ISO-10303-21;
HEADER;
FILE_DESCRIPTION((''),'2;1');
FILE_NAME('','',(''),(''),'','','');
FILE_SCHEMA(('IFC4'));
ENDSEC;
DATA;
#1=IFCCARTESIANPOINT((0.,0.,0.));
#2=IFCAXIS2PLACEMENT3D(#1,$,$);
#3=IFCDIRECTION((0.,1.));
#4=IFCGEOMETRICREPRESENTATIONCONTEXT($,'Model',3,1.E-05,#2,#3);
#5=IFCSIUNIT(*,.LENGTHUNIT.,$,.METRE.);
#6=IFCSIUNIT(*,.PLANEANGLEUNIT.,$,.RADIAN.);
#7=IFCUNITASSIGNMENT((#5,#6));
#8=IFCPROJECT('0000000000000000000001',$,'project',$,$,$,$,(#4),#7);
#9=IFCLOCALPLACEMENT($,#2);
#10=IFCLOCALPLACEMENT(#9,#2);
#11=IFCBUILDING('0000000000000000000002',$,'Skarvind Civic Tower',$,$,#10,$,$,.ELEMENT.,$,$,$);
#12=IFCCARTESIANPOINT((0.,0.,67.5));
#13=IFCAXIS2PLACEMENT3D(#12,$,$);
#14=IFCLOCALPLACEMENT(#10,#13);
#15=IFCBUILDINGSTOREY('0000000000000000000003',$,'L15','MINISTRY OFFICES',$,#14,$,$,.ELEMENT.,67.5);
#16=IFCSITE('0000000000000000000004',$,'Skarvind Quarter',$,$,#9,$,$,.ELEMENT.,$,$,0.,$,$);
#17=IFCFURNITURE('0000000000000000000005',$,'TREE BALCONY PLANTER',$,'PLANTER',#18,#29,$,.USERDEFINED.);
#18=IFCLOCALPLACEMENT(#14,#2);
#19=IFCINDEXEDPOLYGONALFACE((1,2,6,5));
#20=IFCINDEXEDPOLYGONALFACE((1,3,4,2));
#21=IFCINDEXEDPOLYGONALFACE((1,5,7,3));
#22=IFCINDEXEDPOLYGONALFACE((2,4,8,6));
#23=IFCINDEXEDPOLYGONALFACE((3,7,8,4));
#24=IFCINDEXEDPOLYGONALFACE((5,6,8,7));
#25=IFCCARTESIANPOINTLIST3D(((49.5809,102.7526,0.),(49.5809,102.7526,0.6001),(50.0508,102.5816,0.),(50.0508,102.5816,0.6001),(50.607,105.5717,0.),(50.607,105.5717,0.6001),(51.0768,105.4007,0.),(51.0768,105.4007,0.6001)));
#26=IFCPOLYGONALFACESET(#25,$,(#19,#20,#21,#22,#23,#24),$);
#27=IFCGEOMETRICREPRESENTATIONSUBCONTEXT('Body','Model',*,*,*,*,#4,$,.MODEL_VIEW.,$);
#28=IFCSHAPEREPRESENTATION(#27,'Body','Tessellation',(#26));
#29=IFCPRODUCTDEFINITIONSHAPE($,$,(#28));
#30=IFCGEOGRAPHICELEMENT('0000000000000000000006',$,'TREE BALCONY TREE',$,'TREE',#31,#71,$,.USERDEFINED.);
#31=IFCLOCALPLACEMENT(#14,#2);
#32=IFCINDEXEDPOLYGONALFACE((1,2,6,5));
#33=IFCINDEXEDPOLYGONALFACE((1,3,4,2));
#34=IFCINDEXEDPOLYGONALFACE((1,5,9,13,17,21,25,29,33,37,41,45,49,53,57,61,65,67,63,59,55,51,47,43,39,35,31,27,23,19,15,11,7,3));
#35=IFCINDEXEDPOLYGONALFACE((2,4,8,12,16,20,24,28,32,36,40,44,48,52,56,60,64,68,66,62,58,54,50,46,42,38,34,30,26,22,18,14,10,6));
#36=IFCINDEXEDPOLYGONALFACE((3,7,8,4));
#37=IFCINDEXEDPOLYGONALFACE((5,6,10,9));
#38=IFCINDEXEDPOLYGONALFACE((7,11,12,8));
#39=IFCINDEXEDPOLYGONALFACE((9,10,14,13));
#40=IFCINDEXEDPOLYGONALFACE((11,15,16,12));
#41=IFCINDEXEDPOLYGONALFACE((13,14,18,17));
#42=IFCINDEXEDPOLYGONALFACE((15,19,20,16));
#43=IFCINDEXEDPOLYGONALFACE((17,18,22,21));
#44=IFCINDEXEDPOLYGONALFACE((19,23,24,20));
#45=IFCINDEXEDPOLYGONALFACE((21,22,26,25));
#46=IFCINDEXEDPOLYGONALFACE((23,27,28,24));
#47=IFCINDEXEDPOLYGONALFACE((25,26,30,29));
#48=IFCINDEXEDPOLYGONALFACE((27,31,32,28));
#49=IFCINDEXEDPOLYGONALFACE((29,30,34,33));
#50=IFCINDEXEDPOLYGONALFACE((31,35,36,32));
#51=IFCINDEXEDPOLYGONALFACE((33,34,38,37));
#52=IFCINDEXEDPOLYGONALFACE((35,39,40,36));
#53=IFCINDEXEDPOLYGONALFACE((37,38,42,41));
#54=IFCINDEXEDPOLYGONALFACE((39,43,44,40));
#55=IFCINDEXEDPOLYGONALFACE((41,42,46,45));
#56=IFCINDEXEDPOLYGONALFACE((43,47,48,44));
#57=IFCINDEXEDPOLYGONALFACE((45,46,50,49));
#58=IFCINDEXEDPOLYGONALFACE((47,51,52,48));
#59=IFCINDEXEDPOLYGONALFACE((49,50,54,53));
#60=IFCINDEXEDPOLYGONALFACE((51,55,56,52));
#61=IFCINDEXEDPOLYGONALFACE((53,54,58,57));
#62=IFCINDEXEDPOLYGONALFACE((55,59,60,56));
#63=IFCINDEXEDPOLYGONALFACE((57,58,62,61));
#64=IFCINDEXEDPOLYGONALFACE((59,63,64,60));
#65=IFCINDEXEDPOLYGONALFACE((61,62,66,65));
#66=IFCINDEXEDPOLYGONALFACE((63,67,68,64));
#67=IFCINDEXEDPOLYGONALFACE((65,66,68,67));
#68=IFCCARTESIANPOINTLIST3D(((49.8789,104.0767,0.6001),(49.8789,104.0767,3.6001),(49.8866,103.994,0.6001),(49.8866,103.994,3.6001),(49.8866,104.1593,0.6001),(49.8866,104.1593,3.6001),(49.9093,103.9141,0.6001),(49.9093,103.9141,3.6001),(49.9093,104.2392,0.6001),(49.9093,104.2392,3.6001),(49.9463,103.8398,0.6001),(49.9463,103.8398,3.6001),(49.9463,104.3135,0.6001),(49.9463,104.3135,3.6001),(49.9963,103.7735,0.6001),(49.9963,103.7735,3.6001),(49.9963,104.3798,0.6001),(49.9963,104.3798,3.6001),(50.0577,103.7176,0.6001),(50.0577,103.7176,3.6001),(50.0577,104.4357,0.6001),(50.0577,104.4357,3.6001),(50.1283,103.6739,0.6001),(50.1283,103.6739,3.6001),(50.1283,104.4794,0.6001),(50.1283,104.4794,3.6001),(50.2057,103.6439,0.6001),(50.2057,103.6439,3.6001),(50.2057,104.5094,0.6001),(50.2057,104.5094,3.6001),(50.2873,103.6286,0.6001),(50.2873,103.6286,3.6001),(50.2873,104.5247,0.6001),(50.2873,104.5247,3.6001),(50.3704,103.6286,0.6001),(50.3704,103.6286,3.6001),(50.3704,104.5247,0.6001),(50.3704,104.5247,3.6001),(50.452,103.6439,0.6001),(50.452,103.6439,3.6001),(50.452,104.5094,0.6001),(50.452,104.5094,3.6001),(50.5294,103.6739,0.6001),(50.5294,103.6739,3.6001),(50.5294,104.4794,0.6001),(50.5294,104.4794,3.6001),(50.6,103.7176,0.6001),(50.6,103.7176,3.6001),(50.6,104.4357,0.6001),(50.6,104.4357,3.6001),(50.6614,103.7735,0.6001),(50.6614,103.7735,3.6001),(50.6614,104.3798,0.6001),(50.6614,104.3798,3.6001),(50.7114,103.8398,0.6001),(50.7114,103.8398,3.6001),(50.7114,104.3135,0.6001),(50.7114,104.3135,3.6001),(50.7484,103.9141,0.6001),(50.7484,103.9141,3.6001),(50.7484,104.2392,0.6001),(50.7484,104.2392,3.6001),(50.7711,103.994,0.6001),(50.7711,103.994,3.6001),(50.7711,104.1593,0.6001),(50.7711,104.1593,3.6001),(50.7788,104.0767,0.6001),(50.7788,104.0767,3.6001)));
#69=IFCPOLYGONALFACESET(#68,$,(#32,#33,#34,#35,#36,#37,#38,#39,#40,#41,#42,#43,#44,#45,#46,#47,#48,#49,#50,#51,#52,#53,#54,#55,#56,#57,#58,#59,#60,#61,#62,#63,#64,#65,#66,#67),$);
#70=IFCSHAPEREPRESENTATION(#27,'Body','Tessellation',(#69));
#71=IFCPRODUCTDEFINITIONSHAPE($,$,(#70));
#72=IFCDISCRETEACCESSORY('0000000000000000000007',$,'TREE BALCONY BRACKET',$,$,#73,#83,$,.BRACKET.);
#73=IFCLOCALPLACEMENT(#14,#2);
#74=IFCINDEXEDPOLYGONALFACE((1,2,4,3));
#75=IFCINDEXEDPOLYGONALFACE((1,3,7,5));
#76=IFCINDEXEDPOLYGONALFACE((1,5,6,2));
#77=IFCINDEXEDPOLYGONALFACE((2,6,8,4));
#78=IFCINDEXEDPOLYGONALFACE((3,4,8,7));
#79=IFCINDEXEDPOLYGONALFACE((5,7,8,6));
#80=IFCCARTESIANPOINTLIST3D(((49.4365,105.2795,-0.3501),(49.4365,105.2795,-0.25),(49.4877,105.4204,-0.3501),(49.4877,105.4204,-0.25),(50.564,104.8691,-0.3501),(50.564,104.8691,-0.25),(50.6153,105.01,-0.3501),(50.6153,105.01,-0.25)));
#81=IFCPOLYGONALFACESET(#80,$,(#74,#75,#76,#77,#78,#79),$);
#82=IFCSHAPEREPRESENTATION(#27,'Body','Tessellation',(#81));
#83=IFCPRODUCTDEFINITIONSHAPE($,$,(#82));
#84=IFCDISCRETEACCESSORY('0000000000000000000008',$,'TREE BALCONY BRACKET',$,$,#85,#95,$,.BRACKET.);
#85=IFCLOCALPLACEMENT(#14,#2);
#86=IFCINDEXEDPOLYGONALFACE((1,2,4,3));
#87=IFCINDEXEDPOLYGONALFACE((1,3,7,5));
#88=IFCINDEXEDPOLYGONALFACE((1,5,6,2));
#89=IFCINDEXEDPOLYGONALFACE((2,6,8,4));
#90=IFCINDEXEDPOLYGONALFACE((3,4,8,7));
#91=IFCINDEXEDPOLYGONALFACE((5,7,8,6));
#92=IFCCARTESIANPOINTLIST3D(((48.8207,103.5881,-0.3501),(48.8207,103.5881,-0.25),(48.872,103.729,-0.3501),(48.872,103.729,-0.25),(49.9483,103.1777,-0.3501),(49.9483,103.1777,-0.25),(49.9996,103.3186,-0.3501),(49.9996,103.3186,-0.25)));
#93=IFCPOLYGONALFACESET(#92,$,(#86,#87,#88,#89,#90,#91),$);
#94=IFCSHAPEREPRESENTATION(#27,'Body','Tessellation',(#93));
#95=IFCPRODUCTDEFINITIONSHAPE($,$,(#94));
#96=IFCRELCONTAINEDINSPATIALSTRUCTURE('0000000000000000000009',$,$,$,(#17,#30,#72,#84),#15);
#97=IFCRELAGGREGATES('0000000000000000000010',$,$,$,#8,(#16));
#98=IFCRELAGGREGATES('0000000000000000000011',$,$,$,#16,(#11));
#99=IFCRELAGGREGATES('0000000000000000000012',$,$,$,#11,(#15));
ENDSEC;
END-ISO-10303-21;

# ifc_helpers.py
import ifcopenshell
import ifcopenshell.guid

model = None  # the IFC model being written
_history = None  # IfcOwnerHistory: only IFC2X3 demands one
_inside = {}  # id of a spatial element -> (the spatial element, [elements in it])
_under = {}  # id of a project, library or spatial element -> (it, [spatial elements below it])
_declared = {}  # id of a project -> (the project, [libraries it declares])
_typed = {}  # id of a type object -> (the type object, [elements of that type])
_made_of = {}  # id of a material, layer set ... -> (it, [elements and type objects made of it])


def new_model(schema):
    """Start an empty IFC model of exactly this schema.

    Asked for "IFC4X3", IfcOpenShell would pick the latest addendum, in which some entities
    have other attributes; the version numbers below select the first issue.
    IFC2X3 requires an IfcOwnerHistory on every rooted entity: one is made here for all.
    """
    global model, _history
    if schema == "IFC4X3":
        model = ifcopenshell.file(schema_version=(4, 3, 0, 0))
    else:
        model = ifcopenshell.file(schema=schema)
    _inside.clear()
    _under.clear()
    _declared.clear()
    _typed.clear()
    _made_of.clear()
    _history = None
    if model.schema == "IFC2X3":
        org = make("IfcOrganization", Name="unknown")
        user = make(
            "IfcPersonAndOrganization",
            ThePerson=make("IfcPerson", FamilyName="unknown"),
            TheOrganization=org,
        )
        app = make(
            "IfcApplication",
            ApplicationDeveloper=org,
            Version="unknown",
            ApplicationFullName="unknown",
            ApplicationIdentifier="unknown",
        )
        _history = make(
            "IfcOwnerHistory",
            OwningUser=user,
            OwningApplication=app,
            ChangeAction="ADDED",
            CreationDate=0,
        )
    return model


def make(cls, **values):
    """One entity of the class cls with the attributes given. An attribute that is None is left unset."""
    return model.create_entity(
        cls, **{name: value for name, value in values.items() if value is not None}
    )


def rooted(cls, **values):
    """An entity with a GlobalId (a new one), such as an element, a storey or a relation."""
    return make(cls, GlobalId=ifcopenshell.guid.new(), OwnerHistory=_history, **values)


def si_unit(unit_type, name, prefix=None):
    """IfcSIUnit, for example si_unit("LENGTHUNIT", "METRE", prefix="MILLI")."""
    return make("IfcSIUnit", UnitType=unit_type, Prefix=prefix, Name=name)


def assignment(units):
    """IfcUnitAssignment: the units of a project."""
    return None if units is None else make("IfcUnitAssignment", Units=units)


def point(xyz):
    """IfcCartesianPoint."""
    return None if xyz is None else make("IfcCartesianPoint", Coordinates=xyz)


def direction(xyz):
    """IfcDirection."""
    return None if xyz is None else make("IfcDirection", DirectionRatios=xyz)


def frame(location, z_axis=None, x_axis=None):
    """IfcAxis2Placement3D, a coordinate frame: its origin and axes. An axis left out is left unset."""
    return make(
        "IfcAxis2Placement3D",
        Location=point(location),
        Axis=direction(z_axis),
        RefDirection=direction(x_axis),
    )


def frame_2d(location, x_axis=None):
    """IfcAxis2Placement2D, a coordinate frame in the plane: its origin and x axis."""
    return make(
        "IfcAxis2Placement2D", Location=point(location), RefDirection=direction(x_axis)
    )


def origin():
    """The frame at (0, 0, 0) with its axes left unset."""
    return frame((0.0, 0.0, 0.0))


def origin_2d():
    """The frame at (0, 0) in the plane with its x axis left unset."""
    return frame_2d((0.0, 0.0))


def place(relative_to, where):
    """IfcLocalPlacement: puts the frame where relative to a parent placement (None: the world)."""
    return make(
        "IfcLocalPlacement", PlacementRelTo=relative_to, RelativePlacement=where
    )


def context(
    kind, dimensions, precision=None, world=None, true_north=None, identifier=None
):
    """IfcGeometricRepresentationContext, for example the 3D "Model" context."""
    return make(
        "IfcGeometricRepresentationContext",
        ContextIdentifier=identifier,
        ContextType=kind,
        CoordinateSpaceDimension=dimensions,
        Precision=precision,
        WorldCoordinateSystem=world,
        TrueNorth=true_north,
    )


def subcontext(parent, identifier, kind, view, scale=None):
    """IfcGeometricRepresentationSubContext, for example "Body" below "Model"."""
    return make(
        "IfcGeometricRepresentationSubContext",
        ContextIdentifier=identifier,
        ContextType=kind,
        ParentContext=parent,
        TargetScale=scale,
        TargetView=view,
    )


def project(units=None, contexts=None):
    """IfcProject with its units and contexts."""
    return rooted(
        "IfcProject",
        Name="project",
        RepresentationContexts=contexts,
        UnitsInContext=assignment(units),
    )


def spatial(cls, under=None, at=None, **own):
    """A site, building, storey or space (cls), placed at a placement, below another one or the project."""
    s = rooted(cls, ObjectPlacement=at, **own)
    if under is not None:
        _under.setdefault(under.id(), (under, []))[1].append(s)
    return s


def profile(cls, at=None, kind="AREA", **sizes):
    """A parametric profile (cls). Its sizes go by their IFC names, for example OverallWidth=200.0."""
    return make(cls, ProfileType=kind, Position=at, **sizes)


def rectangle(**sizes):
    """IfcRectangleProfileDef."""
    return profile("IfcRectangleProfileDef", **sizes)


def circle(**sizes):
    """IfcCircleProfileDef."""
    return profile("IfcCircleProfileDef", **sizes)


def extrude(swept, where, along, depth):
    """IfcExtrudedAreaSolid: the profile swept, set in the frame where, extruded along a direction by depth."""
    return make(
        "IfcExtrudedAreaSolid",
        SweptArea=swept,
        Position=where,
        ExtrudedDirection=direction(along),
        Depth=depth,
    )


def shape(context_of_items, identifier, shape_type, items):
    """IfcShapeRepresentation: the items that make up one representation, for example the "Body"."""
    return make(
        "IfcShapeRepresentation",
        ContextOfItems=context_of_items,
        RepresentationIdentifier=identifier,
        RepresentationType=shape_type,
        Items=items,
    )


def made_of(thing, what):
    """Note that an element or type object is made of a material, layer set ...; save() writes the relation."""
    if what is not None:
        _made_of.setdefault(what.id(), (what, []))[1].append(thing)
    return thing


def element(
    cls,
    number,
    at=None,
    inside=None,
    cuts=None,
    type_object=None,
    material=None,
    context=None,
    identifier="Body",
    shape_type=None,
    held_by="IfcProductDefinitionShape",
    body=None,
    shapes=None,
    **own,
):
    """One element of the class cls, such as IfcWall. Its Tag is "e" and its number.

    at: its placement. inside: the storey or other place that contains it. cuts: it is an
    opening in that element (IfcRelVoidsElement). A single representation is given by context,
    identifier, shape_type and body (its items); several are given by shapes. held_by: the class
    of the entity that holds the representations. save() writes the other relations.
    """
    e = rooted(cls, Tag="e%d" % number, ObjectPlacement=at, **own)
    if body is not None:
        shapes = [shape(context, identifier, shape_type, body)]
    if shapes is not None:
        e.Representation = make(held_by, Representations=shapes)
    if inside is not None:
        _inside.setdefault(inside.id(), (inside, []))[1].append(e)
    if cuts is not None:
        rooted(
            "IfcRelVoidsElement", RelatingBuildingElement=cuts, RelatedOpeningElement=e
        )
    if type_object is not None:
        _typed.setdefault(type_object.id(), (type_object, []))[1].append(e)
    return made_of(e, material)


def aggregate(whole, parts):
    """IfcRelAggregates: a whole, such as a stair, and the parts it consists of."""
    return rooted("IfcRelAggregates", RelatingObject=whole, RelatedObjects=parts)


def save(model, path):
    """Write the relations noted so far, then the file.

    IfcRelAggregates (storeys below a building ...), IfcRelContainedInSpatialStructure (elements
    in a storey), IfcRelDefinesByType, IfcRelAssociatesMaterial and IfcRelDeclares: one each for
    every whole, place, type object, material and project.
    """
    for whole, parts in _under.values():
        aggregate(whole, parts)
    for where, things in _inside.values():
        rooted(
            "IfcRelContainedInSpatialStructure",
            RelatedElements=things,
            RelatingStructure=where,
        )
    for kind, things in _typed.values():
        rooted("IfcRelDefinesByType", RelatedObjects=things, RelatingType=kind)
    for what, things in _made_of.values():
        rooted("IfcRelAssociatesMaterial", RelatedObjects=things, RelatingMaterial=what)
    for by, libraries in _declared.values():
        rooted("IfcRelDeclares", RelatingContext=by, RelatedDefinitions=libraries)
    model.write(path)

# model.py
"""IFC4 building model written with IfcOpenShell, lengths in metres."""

from ifc_helpers import new_model, si_unit, direction, frame, origin, origin_2d, place, context, subcontext, project, spatial, rectangle, circle, extrude, element, save


model = new_model("IFC4")

# Units and contexts
model_context = context("Model", 3, precision=1e-05, world=origin(), true_north=direction((0.0, 1.0)))
body_context = subcontext(model_context, "Body", "Model", "MODEL_VIEW")
ifc_project = project(units=[si_unit("LENGTHUNIT", "METRE"), si_unit("PLANEANGLEUNIT", "RADIAN")], contexts=[model_context])

# Site, building, storey
site_placement = place(None, origin())
site = spatial("IfcSite", under=ifc_project, at=site_placement, Name="Skarvind Quarter", CompositionType="ELEMENT", RefElevation=0.0)
building_placement = place(site_placement, origin())
building = spatial("IfcBuilding", under=site, at=building_placement, Name="Skarvind Civic Tower", CompositionType="ELEMENT")
storey_placement = place(building_placement, frame((0.0, 0.0, 67.5)))
storey = spatial("IfcBuildingStorey", under=building, at=storey_placement, Name="L15", Description="MINISTRY OFFICES", CompositionType="ELEMENT", Elevation=67.5)

# Furniture
furniture_placement = place(storey_placement, frame((50.3289, 104.0767, 0.0), z_axis=(0.0, 0.0, 1.0), x_axis=(-0.34202, -0.939693, 0.0)))
element("IfcFurniture", 1, at=furniture_placement, inside=storey, Name="TREE BALCONY PLANTER", ObjectType="PLANTER", PredefinedType="USERDEFINED", context=body_context, shape_type="SweptSolid", body=[
    extrude(rectangle(XDim=3.0, YDim=0.5, at=origin_2d()), origin(), (0.0, 0.0, 1.0), 0.6001),
])

# Geographic element
geographic_element_placement = place(storey_placement, frame((50.3289, 104.0767, 0.6001), z_axis=(0.0, 0.0, 1.0), x_axis=(1.0, 0.0, 0.0)))
element("IfcGeographicElement", 2, at=geographic_element_placement, inside=storey, Name="TREE BALCONY TREE", ObjectType="TREE", PredefinedType="USERDEFINED", context=body_context, shape_type="SweptSolid", body=[
    extrude(circle(Radius=0.45, at=origin_2d()), origin(), (0.0, 0.0, 1.0), 3.0),
])

# Discrete accessories
for number, where, z_axis, x_axis, name in (
    (3, (50.0259, 105.1448, -0.3501), (0.0, 0.0, 1.0), (-0.34202, -0.939693, 0.0), "TREE BALCONY BRACKET"),
    (4, (49.4102, 103.4534, -0.3501), (0.0, 0.0, 1.0), (-0.34202, -0.939693, 0.0), "TREE BALCONY BRACKET"),
):
    element("IfcDiscreteAccessory", number, at=place(storey_placement, frame(where, z_axis=z_axis, x_axis=x_axis)), inside=storey, Name=name, PredefinedType="BRACKET", context=body_context, shape_type="SweptSolid", body=[
        extrude(rectangle(XDim=0.1499, YDim=1.2, at=origin_2d()), origin(), (0.0, 0.0, 1.0), 0.1001),
    ])

save(model, "model.ifc")
